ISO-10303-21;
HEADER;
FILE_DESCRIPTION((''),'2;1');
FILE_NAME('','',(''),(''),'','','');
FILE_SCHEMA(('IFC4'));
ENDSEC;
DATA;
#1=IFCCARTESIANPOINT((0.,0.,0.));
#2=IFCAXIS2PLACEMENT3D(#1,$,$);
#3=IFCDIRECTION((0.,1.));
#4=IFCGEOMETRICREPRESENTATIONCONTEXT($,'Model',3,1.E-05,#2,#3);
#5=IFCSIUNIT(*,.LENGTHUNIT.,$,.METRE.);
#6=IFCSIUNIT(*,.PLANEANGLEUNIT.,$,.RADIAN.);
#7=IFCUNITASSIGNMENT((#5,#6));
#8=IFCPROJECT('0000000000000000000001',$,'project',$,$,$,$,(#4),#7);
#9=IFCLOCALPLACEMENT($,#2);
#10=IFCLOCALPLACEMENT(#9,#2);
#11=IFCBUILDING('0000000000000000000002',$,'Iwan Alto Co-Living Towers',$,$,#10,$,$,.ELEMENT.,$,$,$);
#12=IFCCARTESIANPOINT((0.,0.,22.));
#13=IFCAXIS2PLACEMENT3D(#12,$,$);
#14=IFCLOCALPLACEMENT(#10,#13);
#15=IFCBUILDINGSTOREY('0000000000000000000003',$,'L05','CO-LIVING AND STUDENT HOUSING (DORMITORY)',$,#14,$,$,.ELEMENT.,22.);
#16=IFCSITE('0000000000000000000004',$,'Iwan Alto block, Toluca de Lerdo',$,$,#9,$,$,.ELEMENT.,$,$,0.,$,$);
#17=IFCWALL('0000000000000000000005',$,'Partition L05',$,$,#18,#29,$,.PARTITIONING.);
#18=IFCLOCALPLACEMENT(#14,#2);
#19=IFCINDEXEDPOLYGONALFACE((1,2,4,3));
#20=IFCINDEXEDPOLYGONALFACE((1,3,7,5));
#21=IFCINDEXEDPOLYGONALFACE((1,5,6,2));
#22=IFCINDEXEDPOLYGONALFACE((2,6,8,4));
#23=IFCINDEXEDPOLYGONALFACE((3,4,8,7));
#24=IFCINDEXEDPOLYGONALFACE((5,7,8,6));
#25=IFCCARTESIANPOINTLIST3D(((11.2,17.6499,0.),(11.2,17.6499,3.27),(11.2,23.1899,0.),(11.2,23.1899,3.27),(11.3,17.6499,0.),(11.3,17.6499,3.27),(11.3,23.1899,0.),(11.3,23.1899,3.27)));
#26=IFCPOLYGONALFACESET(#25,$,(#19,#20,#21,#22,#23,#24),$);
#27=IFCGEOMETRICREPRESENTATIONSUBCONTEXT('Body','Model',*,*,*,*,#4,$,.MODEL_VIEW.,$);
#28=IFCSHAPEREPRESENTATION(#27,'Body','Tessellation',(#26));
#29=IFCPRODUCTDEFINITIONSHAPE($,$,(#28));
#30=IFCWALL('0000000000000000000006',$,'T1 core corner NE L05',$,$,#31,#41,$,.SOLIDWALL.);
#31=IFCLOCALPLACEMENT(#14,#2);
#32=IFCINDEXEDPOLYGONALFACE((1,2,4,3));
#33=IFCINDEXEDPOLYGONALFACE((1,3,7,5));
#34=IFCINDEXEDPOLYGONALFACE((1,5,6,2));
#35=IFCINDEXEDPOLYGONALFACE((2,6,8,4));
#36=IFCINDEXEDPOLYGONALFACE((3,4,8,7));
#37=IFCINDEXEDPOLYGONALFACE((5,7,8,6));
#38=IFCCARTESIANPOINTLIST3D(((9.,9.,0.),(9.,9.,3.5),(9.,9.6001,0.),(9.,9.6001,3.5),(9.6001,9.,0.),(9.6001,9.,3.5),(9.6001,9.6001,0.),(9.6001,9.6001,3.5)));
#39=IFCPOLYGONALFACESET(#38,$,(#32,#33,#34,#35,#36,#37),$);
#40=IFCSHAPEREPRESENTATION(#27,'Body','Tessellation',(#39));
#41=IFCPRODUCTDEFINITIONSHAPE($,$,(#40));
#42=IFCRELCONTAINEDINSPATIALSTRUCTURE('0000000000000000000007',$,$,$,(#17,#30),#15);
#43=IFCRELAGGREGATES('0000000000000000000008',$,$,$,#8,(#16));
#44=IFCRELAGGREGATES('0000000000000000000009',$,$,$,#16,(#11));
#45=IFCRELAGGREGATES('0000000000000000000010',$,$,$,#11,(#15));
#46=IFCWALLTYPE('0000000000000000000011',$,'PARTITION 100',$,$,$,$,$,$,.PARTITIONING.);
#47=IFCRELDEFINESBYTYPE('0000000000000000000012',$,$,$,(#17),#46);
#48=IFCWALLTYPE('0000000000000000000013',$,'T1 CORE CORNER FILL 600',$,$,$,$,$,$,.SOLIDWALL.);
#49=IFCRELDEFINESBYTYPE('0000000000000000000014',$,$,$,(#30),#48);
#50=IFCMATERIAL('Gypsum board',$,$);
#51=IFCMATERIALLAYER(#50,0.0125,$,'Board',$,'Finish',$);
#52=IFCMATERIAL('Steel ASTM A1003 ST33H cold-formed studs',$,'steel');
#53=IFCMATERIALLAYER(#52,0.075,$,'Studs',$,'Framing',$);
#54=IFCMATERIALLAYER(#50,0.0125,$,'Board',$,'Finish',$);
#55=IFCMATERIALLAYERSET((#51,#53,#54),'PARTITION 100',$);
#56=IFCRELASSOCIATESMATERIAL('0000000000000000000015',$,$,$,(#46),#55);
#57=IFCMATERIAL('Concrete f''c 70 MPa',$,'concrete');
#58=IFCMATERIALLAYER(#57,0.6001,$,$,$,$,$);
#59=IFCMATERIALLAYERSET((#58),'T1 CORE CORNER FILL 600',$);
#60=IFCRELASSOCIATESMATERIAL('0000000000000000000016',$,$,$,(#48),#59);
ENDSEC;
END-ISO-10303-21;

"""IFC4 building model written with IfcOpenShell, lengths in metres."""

from ifc_helpers import new_model, si_unit, direction, frame, frame_2d, origin, place, context, subcontext, project, spatial, rectangle, extrude, material, layer, layer_set, type_object, element, save


model = new_model("IFC4")

# Units and contexts
model_context = context("Model", 3, precision=1e-05, world=origin(), true_north=direction((0.0, 1.0)))
body_context = subcontext(model_context, "Body", "Model", "MODEL_VIEW")
ifc_project = project(units=[si_unit("LENGTHUNIT", "METRE"), si_unit("PLANEANGLEUNIT", "RADIAN")], contexts=[model_context])

# Site, building, storey
site_placement = place(None, origin())
site = spatial("IfcSite", under=ifc_project, at=site_placement, Name="Iwan Alto block, Toluca de Lerdo", CompositionType="ELEMENT", RefElevation=0.0)
building_placement = place(site_placement, origin())
building = spatial("IfcBuilding", under=site, at=building_placement, Name="Iwan Alto Co-Living Towers", CompositionType="ELEMENT")
storey_placement = place(building_placement, frame((0.0, 0.0, 22.0)))
storey = spatial("IfcBuildingStorey", under=building, at=storey_placement, Name="L05", Description="CO-LIVING AND STUDENT HOUSING (DORMITORY)", CompositionType="ELEMENT", Elevation=22.0)

# Shared definitions
ifc_material_1 = material(Name="Gypsum board")
ifc_layer_1 = layer(ifc_material_1, 0.0125, Name="Board", Category="Finish")
ifc_material_2 = material(Name="Steel ASTM A1003 ST33H cold-formed studs", Category="steel")
ifc_layer_2 = layer(ifc_material_2, 0.075, Name="Studs", Category="Framing")
ifc_layer_3 = layer(ifc_material_1, 0.0125, Name="Board", Category="Finish")
ifc_layer_set_1 = layer_set([ifc_layer_1, ifc_layer_2, ifc_layer_3], Name="PARTITION 100")
wall_type_1 = type_object("IfcWallType", Name="PARTITION 100", PredefinedType="PARTITIONING", material=ifc_layer_set_1)

# Walls
wall_1_placement = place(storey_placement, frame((11.25, 17.6499, 0.0), z_axis=(0.0, 0.0, 1.0), x_axis=(0.0, 1.0, 0.0)))
element("IfcWall", 1, at=wall_1_placement, inside=storey, type_object=wall_type_1, Name="Partition L05", PredefinedType="PARTITIONING", context=body_context, shape_type="SweptSolid", body=[
    extrude(rectangle(XDim=5.54, YDim=0.1001, at=frame_2d((2.77, 0.0))), origin(), (0.0, 0.0, 1.0), 3.27),
])
ifc_material_3 = material(Name="Concrete f'c 70 MPa", Category="concrete")
ifc_layer_4 = layer(ifc_material_3, 0.6001)
ifc_layer_set_2 = layer_set([ifc_layer_4], Name="T1 CORE CORNER FILL 600")
wall_type_2 = type_object("IfcWallType", Name="T1 CORE CORNER FILL 600", PredefinedType="SOLIDWALL", material=ifc_layer_set_2)
wall_2_placement = place(storey_placement, frame((9.0, 9.3, 0.0), z_axis=(0.0, 0.0, 1.0), x_axis=(1.0, 0.0, 0.0)))
element("IfcWall", 2, at=wall_2_placement, inside=storey, type_object=wall_type_2, Name="T1 core corner NE L05", PredefinedType="SOLIDWALL", context=body_context, shape_type="SweptSolid", body=[
    extrude(rectangle(XDim=0.6001, YDim=0.6001, at=frame_2d((0.3, 0.0))), origin(), (0.0, 0.0, 1.0), 3.5),
])

save(model, "model.ifc")
